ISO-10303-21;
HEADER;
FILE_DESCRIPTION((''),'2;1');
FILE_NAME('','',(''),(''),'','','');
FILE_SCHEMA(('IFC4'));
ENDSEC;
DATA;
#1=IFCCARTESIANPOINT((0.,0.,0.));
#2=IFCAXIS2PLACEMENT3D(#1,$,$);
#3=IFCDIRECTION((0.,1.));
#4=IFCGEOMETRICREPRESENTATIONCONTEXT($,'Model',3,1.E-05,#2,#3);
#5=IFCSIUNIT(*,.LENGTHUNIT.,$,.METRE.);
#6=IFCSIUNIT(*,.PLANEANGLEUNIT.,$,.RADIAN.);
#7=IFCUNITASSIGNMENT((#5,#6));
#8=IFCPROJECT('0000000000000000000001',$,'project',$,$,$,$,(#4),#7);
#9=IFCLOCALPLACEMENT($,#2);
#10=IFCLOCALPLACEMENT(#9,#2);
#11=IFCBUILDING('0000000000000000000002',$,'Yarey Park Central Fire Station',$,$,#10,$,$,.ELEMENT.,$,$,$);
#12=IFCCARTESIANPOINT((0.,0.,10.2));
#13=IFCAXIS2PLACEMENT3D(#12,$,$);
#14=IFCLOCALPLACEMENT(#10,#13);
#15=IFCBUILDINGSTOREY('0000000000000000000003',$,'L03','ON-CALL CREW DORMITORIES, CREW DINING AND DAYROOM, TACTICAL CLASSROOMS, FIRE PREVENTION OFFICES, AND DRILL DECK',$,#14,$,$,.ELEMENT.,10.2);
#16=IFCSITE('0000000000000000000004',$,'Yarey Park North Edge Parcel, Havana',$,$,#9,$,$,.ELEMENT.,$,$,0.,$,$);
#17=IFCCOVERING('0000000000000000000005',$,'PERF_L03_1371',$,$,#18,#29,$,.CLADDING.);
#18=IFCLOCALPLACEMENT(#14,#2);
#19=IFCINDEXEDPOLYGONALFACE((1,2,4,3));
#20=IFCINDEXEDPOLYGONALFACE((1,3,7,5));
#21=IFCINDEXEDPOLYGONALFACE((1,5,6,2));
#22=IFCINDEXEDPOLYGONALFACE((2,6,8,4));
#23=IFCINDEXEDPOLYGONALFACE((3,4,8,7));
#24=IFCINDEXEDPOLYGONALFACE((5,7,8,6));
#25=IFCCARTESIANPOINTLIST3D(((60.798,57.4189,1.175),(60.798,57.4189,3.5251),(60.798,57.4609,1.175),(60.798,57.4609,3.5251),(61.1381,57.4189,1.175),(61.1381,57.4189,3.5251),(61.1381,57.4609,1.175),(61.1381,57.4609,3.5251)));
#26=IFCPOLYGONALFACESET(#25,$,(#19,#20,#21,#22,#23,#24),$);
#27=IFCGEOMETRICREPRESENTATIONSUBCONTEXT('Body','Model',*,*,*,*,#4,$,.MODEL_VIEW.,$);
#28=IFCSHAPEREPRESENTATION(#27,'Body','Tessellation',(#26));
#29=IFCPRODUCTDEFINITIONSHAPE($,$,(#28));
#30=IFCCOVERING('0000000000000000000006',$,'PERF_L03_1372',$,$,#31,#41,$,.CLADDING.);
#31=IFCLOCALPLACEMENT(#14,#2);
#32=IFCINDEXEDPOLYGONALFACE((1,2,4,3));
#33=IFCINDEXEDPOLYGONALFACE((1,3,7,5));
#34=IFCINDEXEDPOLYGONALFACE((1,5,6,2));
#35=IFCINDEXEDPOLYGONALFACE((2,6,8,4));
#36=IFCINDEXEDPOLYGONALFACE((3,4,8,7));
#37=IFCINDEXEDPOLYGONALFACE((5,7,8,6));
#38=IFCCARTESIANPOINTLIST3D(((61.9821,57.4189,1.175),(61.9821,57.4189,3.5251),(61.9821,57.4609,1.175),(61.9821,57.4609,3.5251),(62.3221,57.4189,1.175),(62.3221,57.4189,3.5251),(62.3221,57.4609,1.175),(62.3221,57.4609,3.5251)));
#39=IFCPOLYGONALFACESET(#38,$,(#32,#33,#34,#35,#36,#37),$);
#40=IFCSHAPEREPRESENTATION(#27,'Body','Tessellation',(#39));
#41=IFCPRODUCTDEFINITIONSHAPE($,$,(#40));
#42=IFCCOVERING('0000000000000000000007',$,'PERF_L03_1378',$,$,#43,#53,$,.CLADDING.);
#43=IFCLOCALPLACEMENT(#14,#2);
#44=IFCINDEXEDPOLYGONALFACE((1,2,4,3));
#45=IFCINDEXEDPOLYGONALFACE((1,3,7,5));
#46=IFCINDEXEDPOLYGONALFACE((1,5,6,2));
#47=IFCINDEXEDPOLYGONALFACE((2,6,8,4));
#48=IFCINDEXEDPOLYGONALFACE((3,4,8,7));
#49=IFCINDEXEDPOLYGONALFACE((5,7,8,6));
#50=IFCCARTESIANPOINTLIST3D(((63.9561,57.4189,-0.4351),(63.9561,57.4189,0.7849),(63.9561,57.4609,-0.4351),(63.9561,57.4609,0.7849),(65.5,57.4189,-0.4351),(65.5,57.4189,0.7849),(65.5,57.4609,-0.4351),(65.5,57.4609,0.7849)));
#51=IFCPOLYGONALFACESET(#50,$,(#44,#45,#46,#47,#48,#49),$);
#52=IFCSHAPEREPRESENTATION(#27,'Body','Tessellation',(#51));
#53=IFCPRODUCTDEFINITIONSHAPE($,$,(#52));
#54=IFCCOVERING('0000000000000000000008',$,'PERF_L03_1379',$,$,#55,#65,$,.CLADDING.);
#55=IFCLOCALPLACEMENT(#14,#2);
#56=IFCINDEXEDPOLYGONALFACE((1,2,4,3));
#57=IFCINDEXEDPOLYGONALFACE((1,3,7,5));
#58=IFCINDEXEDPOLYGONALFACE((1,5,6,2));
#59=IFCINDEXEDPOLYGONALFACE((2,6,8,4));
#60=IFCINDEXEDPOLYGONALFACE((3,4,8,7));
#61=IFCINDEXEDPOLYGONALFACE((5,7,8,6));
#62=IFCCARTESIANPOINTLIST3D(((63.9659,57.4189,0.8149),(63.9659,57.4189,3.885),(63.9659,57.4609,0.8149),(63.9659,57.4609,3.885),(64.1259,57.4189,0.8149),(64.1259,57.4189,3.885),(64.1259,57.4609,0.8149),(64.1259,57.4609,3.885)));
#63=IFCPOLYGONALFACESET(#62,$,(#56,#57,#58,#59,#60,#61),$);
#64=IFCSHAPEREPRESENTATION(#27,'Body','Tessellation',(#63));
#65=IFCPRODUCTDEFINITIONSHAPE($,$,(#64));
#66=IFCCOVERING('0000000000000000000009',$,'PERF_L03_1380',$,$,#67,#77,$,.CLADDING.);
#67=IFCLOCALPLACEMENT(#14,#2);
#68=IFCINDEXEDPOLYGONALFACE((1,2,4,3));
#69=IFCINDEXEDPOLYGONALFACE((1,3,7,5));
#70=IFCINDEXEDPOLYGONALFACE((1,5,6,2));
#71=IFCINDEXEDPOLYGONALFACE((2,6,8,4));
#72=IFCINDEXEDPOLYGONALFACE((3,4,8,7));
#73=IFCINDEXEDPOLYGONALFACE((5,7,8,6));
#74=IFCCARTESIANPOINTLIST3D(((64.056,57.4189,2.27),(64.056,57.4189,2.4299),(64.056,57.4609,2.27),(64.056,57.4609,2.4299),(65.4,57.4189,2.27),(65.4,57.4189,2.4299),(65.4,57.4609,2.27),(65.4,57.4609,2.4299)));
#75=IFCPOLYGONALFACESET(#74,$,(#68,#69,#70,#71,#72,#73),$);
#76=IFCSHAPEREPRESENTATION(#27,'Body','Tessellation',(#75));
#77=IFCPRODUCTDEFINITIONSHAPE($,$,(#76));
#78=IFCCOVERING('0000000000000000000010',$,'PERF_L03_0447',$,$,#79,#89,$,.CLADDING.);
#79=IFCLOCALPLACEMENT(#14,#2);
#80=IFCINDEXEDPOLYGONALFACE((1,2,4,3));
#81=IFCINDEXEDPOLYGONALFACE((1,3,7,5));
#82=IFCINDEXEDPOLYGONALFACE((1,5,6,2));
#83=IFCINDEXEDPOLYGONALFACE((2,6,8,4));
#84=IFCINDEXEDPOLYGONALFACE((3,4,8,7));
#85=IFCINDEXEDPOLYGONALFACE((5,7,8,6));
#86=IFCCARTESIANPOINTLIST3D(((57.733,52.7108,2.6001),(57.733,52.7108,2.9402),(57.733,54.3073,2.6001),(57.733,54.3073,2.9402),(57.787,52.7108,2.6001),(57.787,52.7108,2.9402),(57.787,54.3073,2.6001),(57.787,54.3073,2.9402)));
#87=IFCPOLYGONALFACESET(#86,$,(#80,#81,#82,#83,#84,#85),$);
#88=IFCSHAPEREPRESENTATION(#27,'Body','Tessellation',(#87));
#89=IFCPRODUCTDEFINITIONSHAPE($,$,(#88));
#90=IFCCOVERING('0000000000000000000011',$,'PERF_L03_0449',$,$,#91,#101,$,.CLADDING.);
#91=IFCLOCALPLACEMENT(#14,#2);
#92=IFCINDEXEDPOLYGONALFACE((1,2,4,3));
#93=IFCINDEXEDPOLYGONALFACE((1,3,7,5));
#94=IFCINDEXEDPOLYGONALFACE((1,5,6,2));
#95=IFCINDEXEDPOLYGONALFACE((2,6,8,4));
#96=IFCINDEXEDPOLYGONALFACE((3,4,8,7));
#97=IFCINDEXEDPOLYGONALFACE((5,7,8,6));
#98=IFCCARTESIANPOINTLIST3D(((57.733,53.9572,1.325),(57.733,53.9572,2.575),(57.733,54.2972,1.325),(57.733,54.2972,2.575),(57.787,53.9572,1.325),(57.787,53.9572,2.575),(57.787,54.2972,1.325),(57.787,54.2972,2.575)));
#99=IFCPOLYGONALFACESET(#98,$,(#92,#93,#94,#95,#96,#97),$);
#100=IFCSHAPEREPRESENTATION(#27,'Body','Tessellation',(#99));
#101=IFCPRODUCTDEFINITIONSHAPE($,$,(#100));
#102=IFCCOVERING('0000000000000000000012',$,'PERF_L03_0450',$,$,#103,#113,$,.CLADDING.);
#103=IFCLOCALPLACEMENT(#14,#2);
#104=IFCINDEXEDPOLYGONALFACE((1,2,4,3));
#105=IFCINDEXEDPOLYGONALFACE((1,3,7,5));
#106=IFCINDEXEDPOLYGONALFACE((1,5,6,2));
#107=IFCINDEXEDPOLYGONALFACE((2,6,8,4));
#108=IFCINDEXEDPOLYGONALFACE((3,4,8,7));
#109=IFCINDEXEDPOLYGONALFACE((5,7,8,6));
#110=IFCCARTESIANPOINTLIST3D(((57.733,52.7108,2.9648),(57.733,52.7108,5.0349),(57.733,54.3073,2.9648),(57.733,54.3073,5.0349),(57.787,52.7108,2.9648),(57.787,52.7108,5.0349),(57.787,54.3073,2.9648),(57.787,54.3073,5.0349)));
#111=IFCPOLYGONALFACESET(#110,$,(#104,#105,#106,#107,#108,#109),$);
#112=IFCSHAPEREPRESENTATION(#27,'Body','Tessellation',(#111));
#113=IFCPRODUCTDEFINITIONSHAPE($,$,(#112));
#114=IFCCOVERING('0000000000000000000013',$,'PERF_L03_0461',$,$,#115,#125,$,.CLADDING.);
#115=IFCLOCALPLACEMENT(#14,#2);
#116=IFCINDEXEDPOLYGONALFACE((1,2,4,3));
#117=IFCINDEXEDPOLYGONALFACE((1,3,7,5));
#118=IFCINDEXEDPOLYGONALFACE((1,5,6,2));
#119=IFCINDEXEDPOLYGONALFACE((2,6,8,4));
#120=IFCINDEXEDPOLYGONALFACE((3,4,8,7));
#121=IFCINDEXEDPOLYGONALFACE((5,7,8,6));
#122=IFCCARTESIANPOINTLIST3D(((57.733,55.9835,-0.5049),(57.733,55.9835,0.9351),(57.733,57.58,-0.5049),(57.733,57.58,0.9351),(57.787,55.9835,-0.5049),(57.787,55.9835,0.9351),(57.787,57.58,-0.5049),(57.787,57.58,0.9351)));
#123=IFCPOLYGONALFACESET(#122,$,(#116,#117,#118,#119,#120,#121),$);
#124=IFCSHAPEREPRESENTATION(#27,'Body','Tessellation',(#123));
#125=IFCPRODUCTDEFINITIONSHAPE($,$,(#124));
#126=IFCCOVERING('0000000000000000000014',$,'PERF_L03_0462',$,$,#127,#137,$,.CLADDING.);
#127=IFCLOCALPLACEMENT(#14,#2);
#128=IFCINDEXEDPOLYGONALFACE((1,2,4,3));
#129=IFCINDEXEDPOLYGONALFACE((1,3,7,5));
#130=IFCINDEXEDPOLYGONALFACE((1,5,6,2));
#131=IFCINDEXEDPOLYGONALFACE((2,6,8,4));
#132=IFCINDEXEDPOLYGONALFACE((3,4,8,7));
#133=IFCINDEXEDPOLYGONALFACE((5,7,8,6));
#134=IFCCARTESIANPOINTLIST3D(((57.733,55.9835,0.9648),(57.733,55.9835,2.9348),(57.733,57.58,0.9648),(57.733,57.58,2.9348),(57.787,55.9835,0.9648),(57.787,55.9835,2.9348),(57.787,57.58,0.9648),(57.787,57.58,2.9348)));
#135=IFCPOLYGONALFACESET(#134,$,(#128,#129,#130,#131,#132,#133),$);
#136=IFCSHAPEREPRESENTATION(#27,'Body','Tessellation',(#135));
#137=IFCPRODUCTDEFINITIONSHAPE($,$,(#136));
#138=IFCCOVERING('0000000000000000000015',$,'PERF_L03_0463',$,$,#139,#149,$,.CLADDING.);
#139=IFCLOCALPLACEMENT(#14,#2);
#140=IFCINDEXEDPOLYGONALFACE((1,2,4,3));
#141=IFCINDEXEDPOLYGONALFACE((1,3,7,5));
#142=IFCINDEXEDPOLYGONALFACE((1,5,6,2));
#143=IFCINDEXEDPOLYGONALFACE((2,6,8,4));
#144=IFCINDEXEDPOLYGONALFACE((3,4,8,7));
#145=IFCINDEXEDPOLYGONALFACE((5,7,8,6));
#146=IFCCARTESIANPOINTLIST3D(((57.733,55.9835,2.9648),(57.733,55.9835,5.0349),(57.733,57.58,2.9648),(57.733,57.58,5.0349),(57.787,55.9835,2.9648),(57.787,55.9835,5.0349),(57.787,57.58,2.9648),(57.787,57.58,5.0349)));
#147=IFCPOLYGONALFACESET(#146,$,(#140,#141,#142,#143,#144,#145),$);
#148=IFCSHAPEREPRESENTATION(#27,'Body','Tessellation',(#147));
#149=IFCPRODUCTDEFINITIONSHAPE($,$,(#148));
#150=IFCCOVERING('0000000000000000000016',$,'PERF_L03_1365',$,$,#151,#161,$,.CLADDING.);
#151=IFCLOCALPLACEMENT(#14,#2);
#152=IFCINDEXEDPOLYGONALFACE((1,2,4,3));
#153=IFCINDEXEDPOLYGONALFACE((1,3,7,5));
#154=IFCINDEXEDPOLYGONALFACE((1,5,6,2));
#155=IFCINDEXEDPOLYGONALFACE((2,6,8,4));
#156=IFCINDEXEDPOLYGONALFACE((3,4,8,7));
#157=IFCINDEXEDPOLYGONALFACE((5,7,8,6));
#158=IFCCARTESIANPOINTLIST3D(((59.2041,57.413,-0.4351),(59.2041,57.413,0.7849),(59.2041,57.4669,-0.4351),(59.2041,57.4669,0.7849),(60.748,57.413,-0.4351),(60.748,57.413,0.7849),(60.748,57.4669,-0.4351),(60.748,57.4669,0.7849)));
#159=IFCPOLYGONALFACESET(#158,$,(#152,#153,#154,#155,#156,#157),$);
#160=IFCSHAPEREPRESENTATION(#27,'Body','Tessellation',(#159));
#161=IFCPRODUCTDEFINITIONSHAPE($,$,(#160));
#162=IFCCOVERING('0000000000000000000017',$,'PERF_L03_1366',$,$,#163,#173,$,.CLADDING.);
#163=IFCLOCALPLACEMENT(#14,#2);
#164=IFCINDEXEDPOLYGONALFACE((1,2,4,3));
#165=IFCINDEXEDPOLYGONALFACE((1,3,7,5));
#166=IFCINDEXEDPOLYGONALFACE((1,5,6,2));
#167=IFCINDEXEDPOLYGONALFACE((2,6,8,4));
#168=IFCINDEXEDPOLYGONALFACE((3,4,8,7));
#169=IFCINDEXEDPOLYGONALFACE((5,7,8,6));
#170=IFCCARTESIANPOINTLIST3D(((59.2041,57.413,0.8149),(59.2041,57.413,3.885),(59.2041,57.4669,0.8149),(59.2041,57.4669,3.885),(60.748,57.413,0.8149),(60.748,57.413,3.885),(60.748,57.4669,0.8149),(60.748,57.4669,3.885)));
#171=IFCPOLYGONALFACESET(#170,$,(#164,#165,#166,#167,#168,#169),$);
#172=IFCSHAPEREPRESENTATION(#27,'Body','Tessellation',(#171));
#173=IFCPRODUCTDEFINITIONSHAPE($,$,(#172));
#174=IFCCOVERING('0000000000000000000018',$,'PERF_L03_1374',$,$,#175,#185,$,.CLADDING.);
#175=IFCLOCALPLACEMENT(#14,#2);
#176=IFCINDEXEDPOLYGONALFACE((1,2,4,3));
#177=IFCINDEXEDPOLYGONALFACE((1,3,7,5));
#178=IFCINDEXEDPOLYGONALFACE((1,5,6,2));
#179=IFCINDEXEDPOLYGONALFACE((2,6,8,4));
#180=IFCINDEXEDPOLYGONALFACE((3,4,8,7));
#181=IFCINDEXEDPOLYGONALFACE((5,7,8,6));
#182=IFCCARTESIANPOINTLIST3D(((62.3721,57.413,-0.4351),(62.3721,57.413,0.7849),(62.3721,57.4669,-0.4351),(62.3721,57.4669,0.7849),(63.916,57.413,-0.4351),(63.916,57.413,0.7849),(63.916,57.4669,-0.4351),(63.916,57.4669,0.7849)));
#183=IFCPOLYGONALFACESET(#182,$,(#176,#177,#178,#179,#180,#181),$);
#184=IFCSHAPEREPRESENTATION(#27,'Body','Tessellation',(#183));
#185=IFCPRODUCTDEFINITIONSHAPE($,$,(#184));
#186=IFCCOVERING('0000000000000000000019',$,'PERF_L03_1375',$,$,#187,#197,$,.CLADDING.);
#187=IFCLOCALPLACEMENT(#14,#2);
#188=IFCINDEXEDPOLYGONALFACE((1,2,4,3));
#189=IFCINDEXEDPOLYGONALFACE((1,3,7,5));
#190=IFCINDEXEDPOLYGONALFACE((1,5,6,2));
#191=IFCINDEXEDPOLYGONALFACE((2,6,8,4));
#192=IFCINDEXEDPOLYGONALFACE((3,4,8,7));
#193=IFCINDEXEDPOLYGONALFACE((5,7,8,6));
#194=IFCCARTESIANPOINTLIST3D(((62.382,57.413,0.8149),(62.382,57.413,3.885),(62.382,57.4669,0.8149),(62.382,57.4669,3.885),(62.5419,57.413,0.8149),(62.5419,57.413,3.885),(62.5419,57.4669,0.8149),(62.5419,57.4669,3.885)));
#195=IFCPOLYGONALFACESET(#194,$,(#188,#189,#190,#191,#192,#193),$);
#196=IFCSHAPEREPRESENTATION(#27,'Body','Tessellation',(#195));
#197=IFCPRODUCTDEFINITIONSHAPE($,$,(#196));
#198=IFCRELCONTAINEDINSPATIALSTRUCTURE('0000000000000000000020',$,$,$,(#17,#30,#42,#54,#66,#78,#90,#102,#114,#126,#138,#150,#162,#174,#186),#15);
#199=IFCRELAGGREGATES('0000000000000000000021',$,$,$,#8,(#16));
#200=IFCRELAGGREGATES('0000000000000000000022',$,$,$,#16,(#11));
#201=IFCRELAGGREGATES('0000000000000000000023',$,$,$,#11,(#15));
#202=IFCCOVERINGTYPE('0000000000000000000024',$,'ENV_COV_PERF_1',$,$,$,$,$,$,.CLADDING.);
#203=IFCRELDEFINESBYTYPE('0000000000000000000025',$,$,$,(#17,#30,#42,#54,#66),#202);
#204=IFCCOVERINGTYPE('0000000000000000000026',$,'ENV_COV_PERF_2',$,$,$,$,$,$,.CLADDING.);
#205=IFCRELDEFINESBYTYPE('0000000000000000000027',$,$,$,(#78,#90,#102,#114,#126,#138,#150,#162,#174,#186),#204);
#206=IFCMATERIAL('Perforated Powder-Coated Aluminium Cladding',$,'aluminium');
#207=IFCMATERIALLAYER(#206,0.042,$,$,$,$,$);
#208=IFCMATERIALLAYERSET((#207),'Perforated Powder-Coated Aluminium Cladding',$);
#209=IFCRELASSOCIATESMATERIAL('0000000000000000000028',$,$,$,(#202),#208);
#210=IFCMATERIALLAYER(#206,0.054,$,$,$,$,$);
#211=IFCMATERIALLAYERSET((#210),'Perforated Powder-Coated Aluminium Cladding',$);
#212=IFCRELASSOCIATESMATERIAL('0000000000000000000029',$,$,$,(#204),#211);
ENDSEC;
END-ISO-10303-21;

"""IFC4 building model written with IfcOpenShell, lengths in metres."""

from ifc_helpers import new_model, si_unit, direction, frame, origin, origin_2d, place, context, subcontext, project, spatial, rectangle, extrude, material, layer, layer_set, type_object, element, save


model = new_model("IFC4")

# Units and contexts
model_context = context("Model", 3, precision=1e-05, world=origin(), true_north=direction((0.0, 1.0)))
body_context = subcontext(model_context, "Body", "Model", "MODEL_VIEW")
ifc_project = project(units=[si_unit("LENGTHUNIT", "METRE"), si_unit("PLANEANGLEUNIT", "RADIAN")], contexts=[model_context])

# Site, building, storey
site_placement = place(None, origin())
site = spatial("IfcSite", under=ifc_project, at=site_placement, Name="Yarey Park North Edge Parcel, Havana", CompositionType="ELEMENT", RefElevation=0.0)
building_placement = place(site_placement, origin())
building = spatial("IfcBuilding", under=site, at=building_placement, Name="Yarey Park Central Fire Station", CompositionType="ELEMENT")
storey_placement = place(building_placement, frame((0.0, 0.0, 10.2)))
storey = spatial("IfcBuildingStorey", under=building, at=storey_placement, Name="L03", Description="ON-CALL CREW DORMITORIES, CREW DINING AND DAYROOM, TACTICAL CLASSROOMS, FIRE PREVENTION OFFICES, AND DRILL DECK", CompositionType="ELEMENT", Elevation=10.2)

# Coverings
ifc_material_1 = material(Name="Perforated Powder-Coated Aluminium Cladding", Category="aluminium")
ifc_layer_1 = layer(ifc_material_1, 0.042)
ifc_layer_set_1 = layer_set([ifc_layer_1], Name="Perforated Powder-Coated Aluminium Cladding")
covering_type_1 = type_object("IfcCoveringType", Name="ENV_COV_PERF_1", PredefinedType="CLADDING", material=ifc_layer_set_1)
for number, where, z_axis, x_axis, name in (
    (1, (60.968, 57.4399, 1.175), (0.0, 0.0, 1.0), (1.0, 0.0, 0.0), "PERF_L03_1371"),
    (2, (62.1521, 57.4399, 1.175), (0.0, 0.0, 1.0), (1.0, 0.0, 0.0), "PERF_L03_1372"),
):
    element("IfcCovering", number, at=place(storey_placement, frame(where, z_axis=z_axis, x_axis=x_axis)), inside=storey, type_object=covering_type_1, Name=name, PredefinedType="CLADDING", context=body_context, shape_type="SweptSolid", body=[
        extrude(rectangle(XDim=0.3401, YDim=0.042, at=origin_2d()), origin(), (0.0, 0.0, 1.0), 2.3501),
    ])
covering_1_placement = place(storey_placement, frame((64.728, 57.4399, -0.4351), z_axis=(0.0, 0.0, 1.0), x_axis=(1.0, 0.0, 0.0)))
element("IfcCovering", 3, at=covering_1_placement, inside=storey, type_object=covering_type_1, Name="PERF_L03_1378", PredefinedType="CLADDING", context=body_context, shape_type="SweptSolid", body=[
    extrude(rectangle(XDim=1.5439, YDim=0.042, at=origin_2d()), origin(), (0.0, 0.0, 1.0), 1.22),
])
covering_2_placement = place(storey_placement, frame((64.0459, 57.4399, 0.8149), z_axis=(0.0, 0.0, 1.0), x_axis=(1.0, 0.0, 0.0)))
element("IfcCovering", 4, at=covering_2_placement, inside=storey, type_object=covering_type_1, Name="PERF_L03_1379", PredefinedType="CLADDING", context=body_context, shape_type="SweptSolid", body=[
    extrude(rectangle(XDim=0.1599, YDim=0.042, at=origin_2d()), origin(), (0.0, 0.0, 1.0), 3.0701),
])
covering_3_placement = place(storey_placement, frame((64.728, 57.4399, 2.27), z_axis=(0.0, 0.0, 1.0), x_axis=(1.0, 0.0, 0.0)))
element("IfcCovering", 5, at=covering_3_placement, inside=storey, type_object=covering_type_1, Name="PERF_L03_1380", PredefinedType="CLADDING", context=body_context, shape_type="SweptSolid", body=[
    extrude(rectangle(XDim=1.344, YDim=0.042, at=origin_2d()), origin(), (0.0, 0.0, 1.0), 0.1599),
])
ifc_layer_2 = layer(ifc_material_1, 0.054)
ifc_layer_set_2 = layer_set([ifc_layer_2], Name="Perforated Powder-Coated Aluminium Cladding")
covering_type_2 = type_object("IfcCoveringType", Name="ENV_COV_PERF_2", PredefinedType="CLADDING", material=ifc_layer_set_2)
covering_4_placement = place(storey_placement, frame((57.76, 53.509, 2.6001), z_axis=(0.0, 0.0, 1.0), x_axis=(0.0, 1.0, 0.0)))
element("IfcCovering", 6, at=covering_4_placement, inside=storey, type_object=covering_type_2, Name="PERF_L03_0447", PredefinedType="CLADDING", context=body_context, shape_type="SweptSolid", body=[
    extrude(rectangle(XDim=1.5964, YDim=0.054, at=origin_2d()), origin(), (0.0, 0.0, 1.0), 0.3401),
])
covering_5_placement = place(storey_placement, frame((57.76, 54.1272, 1.325), z_axis=(0.0, 0.0, 1.0), x_axis=(0.0, 1.0, 0.0)))
element("IfcCovering", 7, at=covering_5_placement, inside=storey, type_object=covering_type_2, Name="PERF_L03_0449", PredefinedType="CLADDING", context=body_context, shape_type="SweptSolid", body=[
    extrude(rectangle(XDim=0.3401, YDim=0.054, at=origin_2d()), origin(), (0.0, 0.0, 1.0), 1.25),
])
covering_6_placement = place(storey_placement, frame((57.76, 53.509, 2.9648), z_axis=(0.0, 0.0, 1.0), x_axis=(0.0, 1.0, 0.0)))
element("IfcCovering", 8, at=covering_6_placement, inside=storey, type_object=covering_type_2, Name="PERF_L03_0450", PredefinedType="CLADDING", context=body_context, shape_type="SweptSolid", body=[
    extrude(rectangle(XDim=1.5964, YDim=0.054, at=origin_2d()), origin(), (0.0, 0.0, 1.0), 2.0701),
])
covering_7_placement = place(storey_placement, frame((57.76, 56.7817, -0.5049), z_axis=(0.0, 0.0, 1.0), x_axis=(0.0, 1.0, 0.0)))
element("IfcCovering", 9, at=covering_7_placement, inside=storey, type_object=covering_type_2, Name="PERF_L03_0461", PredefinedType="CLADDING", context=body_context, shape_type="SweptSolid", body=[
    extrude(rectangle(XDim=1.5964, YDim=0.054, at=origin_2d()), origin(), (0.0, 0.0, 1.0), 1.4399),
])
covering_8_placement = place(storey_placement, frame((57.76, 56.7817, 0.9648), z_axis=(0.0, 0.0, 1.0), x_axis=(0.0, 1.0, 0.0)))
element("IfcCovering", 10, at=covering_8_placement, inside=storey, type_object=covering_type_2, Name="PERF_L03_0462", PredefinedType="CLADDING", context=body_context, shape_type="SweptSolid", body=[
    extrude(rectangle(XDim=1.5964, YDim=0.054, at=origin_2d()), origin(), (0.0, 0.0, 1.0), 1.97),
])
covering_9_placement = place(storey_placement, frame((57.76, 56.7817, 2.9648), z_axis=(0.0, 0.0, 1.0), x_axis=(0.0, 1.0, 0.0)))
element("IfcCovering", 11, at=covering_9_placement, inside=storey, type_object=covering_type_2, Name="PERF_L03_0463", PredefinedType="CLADDING", context=body_context, shape_type="SweptSolid", body=[
    extrude(rectangle(XDim=1.5964, YDim=0.054, at=origin_2d()), origin(), (0.0, 0.0, 1.0), 2.0701),
])
covering_10_placement = place(storey_placement, frame((59.9761, 57.4399, -0.4351), z_axis=(0.0, 0.0, 1.0), x_axis=(1.0, 0.0, 0.0)))
element("IfcCovering", 12, at=covering_10_placement, inside=storey, type_object=covering_type_2, Name="PERF_L03_1365", PredefinedType="CLADDING", context=body_context, shape_type="SweptSolid", body=[
    extrude(rectangle(XDim=1.5439, YDim=0.054, at=origin_2d()), origin(), (0.0, 0.0, 1.0), 1.22),
])
covering_11_placement = place(storey_placement, frame((59.9761, 57.4399, 0.8149), z_axis=(0.0, 0.0, 1.0), x_axis=(1.0, 0.0, 0.0)))
element("IfcCovering", 13, at=covering_11_placement, inside=storey, type_object=covering_type_2, Name="PERF_L03_1366", PredefinedType="CLADDING", context=body_context, shape_type="SweptSolid", body=[
    extrude(rectangle(XDim=1.5439, YDim=0.054, at=origin_2d()), origin(), (0.0, 0.0, 1.0), 3.0701),
])
covering_12_placement = place(storey_placement, frame((63.144, 57.4399, -0.4351), z_axis=(0.0, 0.0, 1.0), x_axis=(1.0, 0.0, 0.0)))
element("IfcCovering", 14, at=covering_12_placement, inside=storey, type_object=covering_type_2, Name="PERF_L03_1374", PredefinedType="CLADDING", context=body_context, shape_type="SweptSolid", body=[
    extrude(rectangle(XDim=1.5439, YDim=0.054, at=origin_2d()), origin(), (0.0, 0.0, 1.0), 1.22),
])
covering_13_placement = place(storey_placement, frame((62.4619, 57.4399, 0.8149), z_axis=(0.0, 0.0, 1.0), x_axis=(1.0, 0.0, 0.0)))
element("IfcCovering", 15, at=covering_13_placement, inside=storey, type_object=covering_type_2, Name="PERF_L03_1375", PredefinedType="CLADDING", context=body_context, shape_type="SweptSolid", body=[
    extrude(rectangle(XDim=0.1599, YDim=0.054, at=origin_2d()), origin(), (0.0, 0.0, 1.0), 3.0701),
])

save(model, "model.ifc")
